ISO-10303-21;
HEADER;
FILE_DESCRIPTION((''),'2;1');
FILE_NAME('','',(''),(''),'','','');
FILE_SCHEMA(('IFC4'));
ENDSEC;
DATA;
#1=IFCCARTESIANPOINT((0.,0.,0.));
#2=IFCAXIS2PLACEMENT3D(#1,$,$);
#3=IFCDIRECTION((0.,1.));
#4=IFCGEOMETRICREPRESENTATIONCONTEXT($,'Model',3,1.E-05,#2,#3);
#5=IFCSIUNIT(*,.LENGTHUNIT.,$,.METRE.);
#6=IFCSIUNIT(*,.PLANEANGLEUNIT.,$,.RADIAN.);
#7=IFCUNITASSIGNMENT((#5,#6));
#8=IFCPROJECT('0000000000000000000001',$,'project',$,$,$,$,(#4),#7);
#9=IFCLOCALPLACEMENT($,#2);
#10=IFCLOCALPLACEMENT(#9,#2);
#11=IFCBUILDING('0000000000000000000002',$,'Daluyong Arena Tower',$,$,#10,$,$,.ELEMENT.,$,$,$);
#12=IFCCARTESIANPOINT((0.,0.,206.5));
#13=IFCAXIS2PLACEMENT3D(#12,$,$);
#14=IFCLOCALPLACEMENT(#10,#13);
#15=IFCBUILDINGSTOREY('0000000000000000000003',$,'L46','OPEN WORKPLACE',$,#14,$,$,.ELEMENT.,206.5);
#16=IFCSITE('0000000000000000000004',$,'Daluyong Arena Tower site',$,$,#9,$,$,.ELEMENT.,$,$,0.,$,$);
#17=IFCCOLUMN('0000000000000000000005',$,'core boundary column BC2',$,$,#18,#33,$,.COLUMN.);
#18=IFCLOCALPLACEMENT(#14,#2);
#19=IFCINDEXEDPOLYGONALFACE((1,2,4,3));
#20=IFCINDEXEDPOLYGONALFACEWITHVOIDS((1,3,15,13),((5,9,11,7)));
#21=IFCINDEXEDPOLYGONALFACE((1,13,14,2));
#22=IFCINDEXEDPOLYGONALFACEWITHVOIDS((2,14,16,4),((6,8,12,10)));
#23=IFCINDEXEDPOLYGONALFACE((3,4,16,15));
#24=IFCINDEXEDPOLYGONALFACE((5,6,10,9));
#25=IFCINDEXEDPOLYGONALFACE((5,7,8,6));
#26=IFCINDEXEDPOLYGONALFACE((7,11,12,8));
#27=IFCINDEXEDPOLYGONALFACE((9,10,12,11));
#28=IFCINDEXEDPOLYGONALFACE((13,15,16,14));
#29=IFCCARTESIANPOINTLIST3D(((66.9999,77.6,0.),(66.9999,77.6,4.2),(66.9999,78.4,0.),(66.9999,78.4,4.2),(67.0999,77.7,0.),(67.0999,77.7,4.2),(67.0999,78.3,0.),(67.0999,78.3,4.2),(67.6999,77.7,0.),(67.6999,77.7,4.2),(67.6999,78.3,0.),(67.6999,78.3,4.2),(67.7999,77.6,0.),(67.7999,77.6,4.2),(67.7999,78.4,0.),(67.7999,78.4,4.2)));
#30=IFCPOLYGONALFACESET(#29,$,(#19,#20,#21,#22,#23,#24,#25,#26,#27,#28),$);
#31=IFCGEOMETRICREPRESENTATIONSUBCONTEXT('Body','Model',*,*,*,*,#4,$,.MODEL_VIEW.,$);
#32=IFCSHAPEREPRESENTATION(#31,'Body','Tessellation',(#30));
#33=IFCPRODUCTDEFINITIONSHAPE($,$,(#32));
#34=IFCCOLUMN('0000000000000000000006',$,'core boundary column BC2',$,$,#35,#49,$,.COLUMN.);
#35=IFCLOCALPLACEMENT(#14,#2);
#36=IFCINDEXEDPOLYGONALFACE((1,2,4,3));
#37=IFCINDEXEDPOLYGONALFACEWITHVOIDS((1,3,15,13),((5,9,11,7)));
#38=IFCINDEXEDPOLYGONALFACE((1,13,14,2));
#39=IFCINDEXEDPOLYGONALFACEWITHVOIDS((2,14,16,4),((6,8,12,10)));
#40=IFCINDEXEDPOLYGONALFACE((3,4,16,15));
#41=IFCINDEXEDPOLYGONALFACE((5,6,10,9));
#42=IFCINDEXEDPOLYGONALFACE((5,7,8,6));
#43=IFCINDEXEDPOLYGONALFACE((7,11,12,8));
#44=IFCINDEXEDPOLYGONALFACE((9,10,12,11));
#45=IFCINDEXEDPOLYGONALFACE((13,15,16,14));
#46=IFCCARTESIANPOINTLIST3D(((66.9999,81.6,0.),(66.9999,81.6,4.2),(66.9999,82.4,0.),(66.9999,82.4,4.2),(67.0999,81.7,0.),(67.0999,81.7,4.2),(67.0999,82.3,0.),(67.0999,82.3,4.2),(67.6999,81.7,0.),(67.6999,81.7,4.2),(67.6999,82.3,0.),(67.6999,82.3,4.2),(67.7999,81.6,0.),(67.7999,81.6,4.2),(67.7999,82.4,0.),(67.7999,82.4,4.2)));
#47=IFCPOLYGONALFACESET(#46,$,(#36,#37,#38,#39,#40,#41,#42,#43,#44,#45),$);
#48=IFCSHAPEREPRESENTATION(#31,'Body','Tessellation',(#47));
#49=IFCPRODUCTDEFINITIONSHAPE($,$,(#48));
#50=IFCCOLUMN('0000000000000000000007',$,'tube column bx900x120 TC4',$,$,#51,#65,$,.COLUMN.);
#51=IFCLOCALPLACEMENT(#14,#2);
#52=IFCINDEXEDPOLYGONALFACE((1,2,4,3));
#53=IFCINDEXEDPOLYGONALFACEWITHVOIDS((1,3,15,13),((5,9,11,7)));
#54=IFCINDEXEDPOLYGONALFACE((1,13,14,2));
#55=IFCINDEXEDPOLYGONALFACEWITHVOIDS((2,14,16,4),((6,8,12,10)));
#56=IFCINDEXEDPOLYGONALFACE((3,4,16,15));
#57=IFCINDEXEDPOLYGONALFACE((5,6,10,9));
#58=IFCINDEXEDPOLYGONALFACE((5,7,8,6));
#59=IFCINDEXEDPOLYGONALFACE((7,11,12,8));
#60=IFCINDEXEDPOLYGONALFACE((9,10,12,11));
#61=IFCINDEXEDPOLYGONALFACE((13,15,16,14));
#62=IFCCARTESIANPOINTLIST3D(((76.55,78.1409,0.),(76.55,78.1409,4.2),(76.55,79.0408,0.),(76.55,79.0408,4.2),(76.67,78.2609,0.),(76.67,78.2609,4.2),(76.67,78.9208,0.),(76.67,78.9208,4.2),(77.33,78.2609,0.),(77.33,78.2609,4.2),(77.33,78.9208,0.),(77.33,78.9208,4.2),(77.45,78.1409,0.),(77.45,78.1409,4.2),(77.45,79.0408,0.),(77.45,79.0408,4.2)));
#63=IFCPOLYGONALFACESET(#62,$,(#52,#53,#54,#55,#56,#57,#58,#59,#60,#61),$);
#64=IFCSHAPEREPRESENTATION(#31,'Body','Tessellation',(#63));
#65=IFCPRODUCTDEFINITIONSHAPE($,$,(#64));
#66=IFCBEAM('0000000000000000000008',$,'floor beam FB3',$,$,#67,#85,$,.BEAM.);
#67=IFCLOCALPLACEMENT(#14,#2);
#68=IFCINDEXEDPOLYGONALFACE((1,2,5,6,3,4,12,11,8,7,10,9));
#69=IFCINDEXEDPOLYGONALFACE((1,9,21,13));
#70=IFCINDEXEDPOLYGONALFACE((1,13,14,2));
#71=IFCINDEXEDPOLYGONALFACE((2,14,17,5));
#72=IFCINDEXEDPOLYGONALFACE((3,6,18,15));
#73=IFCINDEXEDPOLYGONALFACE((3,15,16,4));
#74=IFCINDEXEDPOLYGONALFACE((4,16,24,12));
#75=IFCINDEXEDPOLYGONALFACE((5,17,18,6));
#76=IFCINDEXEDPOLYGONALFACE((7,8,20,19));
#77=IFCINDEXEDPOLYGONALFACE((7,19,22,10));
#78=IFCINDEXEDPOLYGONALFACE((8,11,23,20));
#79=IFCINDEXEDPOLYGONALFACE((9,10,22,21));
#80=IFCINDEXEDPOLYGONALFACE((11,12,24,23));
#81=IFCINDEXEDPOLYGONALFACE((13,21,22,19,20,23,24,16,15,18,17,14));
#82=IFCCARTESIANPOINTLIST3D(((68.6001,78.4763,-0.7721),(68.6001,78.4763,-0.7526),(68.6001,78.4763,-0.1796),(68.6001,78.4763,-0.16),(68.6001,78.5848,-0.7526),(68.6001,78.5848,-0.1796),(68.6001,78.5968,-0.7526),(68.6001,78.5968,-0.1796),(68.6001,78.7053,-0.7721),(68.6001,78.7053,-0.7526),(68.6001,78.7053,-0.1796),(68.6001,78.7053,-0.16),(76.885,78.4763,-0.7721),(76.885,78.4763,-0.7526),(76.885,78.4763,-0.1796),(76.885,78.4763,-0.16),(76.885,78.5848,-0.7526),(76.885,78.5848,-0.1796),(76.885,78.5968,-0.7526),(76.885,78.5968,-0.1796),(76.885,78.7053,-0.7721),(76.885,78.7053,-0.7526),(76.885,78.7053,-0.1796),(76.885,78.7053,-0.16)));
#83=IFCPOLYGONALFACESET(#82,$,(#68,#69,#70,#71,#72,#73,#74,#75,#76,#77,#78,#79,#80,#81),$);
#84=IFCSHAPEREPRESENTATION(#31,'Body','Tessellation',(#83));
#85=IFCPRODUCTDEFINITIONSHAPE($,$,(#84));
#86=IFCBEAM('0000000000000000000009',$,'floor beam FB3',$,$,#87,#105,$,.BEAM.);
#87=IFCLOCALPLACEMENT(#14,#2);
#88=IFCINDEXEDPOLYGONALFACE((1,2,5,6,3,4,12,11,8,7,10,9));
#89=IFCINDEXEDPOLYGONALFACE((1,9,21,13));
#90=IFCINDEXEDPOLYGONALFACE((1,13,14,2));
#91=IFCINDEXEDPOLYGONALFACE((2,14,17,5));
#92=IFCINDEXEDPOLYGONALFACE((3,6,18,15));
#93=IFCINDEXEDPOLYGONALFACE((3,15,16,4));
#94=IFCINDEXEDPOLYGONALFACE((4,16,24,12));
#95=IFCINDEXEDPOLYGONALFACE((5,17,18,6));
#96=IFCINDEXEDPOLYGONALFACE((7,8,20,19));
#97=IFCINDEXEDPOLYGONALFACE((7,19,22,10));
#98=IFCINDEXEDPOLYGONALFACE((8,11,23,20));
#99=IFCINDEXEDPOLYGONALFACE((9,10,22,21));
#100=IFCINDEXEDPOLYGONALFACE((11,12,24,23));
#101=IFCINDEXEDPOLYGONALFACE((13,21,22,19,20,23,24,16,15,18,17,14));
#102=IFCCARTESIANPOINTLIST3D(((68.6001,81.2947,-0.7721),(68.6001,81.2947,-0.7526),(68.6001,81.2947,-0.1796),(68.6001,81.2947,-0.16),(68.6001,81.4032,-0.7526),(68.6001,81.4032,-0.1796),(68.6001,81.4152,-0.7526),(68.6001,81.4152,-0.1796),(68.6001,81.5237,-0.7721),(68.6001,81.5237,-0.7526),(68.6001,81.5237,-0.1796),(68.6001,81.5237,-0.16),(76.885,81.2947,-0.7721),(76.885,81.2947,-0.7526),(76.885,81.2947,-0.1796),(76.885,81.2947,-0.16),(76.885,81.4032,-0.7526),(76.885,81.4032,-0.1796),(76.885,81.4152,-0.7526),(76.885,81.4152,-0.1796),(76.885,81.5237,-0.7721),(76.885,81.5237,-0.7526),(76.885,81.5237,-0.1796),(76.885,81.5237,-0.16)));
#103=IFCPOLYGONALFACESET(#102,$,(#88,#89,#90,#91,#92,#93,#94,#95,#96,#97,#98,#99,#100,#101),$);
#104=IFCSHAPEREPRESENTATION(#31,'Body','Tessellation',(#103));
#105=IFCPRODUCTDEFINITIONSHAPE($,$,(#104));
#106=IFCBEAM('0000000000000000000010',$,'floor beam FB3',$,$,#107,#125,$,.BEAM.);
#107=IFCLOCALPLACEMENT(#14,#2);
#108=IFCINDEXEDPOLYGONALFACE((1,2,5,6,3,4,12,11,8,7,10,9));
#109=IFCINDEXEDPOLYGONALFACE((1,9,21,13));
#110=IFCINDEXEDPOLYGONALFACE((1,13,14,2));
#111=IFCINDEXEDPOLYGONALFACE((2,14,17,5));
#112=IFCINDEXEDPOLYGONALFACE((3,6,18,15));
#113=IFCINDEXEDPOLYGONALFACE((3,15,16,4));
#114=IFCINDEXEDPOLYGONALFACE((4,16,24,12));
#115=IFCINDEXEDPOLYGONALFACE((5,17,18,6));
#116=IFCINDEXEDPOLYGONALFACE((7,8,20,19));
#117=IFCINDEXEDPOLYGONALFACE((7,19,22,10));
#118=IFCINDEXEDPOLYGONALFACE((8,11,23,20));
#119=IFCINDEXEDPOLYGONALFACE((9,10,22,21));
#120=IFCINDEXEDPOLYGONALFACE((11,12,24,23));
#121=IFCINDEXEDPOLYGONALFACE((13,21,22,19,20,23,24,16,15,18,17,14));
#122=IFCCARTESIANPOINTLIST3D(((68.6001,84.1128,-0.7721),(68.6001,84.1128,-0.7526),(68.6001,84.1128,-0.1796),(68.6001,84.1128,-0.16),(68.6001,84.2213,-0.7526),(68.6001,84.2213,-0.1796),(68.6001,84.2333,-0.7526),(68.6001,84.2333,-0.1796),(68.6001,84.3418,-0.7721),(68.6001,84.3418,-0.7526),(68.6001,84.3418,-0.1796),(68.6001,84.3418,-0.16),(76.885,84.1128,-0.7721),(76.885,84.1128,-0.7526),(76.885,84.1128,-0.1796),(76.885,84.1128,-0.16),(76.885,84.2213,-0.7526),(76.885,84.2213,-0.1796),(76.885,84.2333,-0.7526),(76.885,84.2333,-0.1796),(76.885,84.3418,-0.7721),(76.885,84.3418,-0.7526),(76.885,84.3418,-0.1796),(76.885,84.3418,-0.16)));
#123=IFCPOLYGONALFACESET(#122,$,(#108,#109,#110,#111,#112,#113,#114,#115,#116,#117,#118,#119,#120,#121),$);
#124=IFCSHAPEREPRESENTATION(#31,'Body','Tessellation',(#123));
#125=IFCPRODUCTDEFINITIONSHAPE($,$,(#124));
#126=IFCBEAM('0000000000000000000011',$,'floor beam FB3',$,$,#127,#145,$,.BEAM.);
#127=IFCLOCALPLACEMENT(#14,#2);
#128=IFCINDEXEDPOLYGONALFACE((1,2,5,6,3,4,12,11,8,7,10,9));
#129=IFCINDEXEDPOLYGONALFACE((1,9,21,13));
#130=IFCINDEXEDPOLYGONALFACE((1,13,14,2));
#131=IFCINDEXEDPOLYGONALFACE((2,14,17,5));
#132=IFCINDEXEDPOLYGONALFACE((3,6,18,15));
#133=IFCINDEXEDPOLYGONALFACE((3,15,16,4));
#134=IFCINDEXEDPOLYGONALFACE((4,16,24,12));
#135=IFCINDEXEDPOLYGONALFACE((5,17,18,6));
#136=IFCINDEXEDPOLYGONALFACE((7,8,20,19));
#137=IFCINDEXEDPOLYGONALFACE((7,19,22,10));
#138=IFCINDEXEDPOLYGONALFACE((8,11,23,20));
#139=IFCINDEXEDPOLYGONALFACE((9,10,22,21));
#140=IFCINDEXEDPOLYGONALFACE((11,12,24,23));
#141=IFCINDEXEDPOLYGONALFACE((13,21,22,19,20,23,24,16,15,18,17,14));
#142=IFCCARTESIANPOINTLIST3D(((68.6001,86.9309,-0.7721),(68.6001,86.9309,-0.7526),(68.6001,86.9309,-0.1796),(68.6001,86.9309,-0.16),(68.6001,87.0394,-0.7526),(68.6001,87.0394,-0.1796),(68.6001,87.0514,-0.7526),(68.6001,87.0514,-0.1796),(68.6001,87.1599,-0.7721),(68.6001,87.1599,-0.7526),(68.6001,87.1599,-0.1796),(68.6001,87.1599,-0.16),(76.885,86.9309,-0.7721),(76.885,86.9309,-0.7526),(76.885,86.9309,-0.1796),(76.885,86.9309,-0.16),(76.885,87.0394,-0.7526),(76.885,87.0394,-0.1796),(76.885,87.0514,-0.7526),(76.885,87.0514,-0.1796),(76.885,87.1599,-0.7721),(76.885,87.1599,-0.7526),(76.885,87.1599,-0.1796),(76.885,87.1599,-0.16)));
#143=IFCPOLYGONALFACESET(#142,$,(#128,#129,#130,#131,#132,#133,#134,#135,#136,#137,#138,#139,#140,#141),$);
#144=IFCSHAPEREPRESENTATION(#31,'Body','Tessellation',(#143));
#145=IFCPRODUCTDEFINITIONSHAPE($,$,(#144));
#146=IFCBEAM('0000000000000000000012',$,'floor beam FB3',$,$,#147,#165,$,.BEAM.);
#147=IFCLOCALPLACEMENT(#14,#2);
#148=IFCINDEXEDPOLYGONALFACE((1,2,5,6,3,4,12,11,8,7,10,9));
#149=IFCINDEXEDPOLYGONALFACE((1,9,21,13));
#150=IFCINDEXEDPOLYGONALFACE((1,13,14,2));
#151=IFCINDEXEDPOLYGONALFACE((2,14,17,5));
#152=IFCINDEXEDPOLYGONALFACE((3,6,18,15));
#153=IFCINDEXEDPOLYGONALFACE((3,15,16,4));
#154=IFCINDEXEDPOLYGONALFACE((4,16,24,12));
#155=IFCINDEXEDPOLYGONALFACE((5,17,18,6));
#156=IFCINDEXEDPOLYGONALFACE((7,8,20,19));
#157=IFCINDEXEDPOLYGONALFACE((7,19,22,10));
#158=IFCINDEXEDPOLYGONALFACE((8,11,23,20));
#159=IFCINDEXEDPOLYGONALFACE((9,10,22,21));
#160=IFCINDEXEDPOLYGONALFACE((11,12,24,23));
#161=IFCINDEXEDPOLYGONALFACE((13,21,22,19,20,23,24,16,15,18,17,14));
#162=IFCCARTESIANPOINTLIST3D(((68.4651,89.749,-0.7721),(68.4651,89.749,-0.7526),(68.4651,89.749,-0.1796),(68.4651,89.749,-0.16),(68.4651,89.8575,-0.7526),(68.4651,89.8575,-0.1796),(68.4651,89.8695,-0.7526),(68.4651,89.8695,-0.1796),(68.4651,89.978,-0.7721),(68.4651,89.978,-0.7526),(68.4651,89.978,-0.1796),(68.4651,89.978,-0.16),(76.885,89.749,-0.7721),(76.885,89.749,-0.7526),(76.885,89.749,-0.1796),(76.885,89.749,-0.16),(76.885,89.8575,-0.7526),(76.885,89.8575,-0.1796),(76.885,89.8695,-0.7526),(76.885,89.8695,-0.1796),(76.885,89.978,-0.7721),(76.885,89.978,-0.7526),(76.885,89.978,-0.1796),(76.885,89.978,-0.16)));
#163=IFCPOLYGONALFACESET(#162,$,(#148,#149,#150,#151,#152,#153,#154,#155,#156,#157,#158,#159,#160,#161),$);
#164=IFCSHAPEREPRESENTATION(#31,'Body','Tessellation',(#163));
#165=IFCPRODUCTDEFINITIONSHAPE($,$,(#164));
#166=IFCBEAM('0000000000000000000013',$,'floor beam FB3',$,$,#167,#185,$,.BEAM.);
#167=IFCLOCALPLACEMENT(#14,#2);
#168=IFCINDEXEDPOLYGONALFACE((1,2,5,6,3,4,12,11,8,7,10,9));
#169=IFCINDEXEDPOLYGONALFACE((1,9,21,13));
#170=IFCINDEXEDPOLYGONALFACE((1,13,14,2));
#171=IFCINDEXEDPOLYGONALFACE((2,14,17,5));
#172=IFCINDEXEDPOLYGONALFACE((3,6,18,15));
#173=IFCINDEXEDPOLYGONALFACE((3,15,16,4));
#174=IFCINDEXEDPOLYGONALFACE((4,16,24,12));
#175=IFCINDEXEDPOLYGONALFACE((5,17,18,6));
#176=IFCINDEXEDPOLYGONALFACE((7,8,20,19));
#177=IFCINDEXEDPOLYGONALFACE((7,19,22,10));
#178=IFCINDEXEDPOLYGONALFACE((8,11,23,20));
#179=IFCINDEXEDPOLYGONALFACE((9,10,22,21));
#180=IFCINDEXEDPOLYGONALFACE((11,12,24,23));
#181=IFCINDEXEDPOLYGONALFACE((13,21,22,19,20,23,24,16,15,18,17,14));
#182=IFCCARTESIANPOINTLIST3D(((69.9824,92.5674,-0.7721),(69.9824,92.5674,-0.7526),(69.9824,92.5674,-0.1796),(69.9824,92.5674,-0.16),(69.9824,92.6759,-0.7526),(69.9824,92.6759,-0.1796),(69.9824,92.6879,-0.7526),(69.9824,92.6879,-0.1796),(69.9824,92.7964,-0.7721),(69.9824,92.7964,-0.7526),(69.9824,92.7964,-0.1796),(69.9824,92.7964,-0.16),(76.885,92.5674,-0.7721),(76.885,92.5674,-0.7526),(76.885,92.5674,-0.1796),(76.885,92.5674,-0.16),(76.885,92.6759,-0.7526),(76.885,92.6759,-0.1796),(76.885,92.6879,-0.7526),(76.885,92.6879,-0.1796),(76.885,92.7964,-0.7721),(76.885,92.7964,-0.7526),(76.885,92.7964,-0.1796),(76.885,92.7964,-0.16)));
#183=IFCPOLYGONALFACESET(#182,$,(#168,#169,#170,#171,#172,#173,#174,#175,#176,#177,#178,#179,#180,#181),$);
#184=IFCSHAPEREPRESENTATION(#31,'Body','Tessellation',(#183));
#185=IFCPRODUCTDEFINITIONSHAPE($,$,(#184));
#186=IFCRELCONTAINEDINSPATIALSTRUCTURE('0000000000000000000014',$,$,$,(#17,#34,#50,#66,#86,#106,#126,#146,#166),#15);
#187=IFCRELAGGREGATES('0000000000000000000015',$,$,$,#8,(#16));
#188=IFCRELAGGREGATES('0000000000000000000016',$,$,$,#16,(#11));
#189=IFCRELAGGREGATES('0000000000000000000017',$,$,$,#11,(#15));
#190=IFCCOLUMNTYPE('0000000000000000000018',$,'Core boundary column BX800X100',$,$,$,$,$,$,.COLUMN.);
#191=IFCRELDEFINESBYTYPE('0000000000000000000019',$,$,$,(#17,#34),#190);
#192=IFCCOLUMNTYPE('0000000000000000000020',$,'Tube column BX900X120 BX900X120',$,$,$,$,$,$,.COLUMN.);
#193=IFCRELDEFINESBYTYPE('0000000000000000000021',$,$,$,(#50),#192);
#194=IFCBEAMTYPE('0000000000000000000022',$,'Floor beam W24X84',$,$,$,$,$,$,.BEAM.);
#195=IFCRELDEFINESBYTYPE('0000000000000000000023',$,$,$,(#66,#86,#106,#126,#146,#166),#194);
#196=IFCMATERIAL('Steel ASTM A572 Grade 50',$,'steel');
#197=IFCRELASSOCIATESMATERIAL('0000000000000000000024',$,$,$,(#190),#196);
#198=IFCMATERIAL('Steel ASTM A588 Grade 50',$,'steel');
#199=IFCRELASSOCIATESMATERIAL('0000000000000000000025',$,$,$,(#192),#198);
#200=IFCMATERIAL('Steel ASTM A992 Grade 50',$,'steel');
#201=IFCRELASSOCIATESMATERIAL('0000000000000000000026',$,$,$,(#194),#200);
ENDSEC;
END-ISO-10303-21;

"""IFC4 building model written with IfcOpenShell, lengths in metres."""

from ifc_helpers import new_model, si_unit, direction, frame, origin, origin_2d, place, context, subcontext, project, spatial, hollow_rectangle, i_section, extrude, material, material_profile, profile_set, type_object, element, save


model = new_model("IFC4")

# Units and contexts
model_context = context("Model", 3, precision=1e-05, world=origin(), true_north=direction((0.0, 1.0)))
body_context = subcontext(model_context, "Body", "Model", "MODEL_VIEW")
ifc_project = project(units=[si_unit("LENGTHUNIT", "METRE"), si_unit("PLANEANGLEUNIT", "RADIAN")], contexts=[model_context])

# Site, building, storey
site_placement = place(None, origin())
site = spatial("IfcSite", under=ifc_project, at=site_placement, Name="Daluyong Arena Tower site", CompositionType="ELEMENT", RefElevation=0.0)
building_placement = place(site_placement, origin())
building = spatial("IfcBuilding", under=site, at=building_placement, Name="Daluyong Arena Tower", CompositionType="ELEMENT")
storey_placement = place(building_placement, frame((0.0, 0.0, 206.5)))
storey = spatial("IfcBuildingStorey", under=building, at=storey_placement, Name="L46", Description="OPEN WORKPLACE", CompositionType="ELEMENT", Elevation=206.5)

# Columns
ifc_material_1 = material(Name="Steel ASTM A572 Grade 50", Category="steel")
ifc_material_profile_1 = material_profile(ifc_material_1, hollow_rectangle(XDim=0.8, YDim=0.8, WallThickness=0.1, at=origin_2d()))
ifc_profile_set_1 = profile_set([ifc_material_profile_1], Name="Steel ASTM A572 Grade 50")
column_type_1 = type_object("IfcColumnType", Name="Core boundary column BX800X100", PredefinedType="COLUMN", material=ifc_profile_set_1)
for number, where, z_axis, x_axis, name in (
    (1, (67.3999, 78.0, 0.0), (0.0, 0.0, 1.0), (1.0, 0.0, 0.0), "core boundary column BC2"),
    (2, (67.3999, 82.0, 0.0), (0.0, 0.0, 1.0), (1.0, 0.0, 0.0), "core boundary column BC2"),
):
    element("IfcColumn", number, at=place(storey_placement, frame(where, z_axis=z_axis, x_axis=x_axis)), inside=storey, type_object=column_type_1, Name=name, PredefinedType="COLUMN", context=body_context, shape_type="SweptSolid", body=[
        extrude(hollow_rectangle(XDim=0.8, YDim=0.8, WallThickness=0.1, at=origin_2d()), origin(), (0.0, 0.0, 1.0), 4.2),
    ])
ifc_material_2 = material(Name="Steel ASTM A588 Grade 50", Category="steel")
ifc_material_profile_2 = material_profile(ifc_material_2, hollow_rectangle(XDim=0.8999, YDim=0.8999, WallThickness=0.12, at=origin_2d()))
ifc_profile_set_2 = profile_set([ifc_material_profile_2], Name="Steel ASTM A588 Grade 50")
column_type_2 = type_object("IfcColumnType", Name="Tube column BX900X120 BX900X120", PredefinedType="COLUMN", material=ifc_profile_set_2)
column_placement = place(storey_placement, frame((77.0, 78.5908, 0.0), z_axis=(0.0, 0.0, 1.0), x_axis=(0.0, 1.0, 0.0)))
element("IfcColumn", 3, at=column_placement, inside=storey, type_object=column_type_2, Name="tube column bx900x120 TC4", PredefinedType="COLUMN", context=body_context, shape_type="SweptSolid", body=[
    extrude(hollow_rectangle(XDim=0.8999, YDim=0.8999, WallThickness=0.12, at=origin_2d()), origin(), (0.0, 0.0, 1.0), 4.2),
])

# Beams
ifc_material_3 = material(Name="Steel ASTM A992 Grade 50", Category="steel")
ifc_material_profile_3 = material_profile(ifc_material_3, i_section(OverallWidth=0.229, OverallDepth=0.6121, WebThickness=0.012, FlangeThickness=0.0195, at=origin_2d()))
ifc_profile_set_3 = profile_set([ifc_material_profile_3], Name="Steel ASTM A992 Grade 50")
beam_type = type_object("IfcBeamType", Name="Floor beam W24X84", PredefinedType="BEAM", material=ifc_profile_set_3)
for number, where, z_axis, x_axis, name in (
    (4, (76.885, 78.5908, -0.4661), (-1.0, 0.0, 0.0), (0.0, -1.0, 0.0), "floor beam FB3"),
    (5, (76.885, 81.4092, -0.4661), (-1.0, 0.0, 0.0), (0.0, -1.0, 0.0), "floor beam FB3"),
    (6, (76.885, 84.2273, -0.4661), (-1.0, 0.0, 0.0), (0.0, -1.0, 0.0), "floor beam FB3"),
    (7, (76.885, 87.0454, -0.4661), (-1.0, 0.0, 0.0), (0.0, -1.0, 0.0), "floor beam FB3"),
):
    element("IfcBeam", number, at=place(storey_placement, frame(where, z_axis=z_axis, x_axis=x_axis)), inside=storey, type_object=beam_type, Name=name, PredefinedType="BEAM", context=body_context, shape_type="SweptSolid", body=[
        extrude(i_section(OverallWidth=0.229, OverallDepth=0.6121, WebThickness=0.012, FlangeThickness=0.0195, at=origin_2d()), origin(), (0.0, 0.0, 1.0), 8.2849),
    ])
beam_1_placement = place(storey_placement, frame((76.885, 89.8635, -0.4661), z_axis=(-1.0, 0.0, 0.0), x_axis=(0.0, -1.0, 0.0)))
element("IfcBeam", 8, at=beam_1_placement, inside=storey, type_object=beam_type, Name="floor beam FB3", PredefinedType="BEAM", context=body_context, shape_type="SweptSolid", body=[
    extrude(i_section(OverallWidth=0.229, OverallDepth=0.6121, WebThickness=0.012, FlangeThickness=0.0195, at=origin_2d()), origin(), (0.0, 0.0, 1.0), 8.4199),
])
beam_2_placement = place(storey_placement, frame((76.885, 92.6819, -0.4661), z_axis=(-1.0, 0.0, 0.0), x_axis=(0.0, -1.0, 0.0)))
element("IfcBeam", 9, at=beam_2_placement, inside=storey, type_object=beam_type, Name="floor beam FB3", PredefinedType="BEAM", context=body_context, shape_type="SweptSolid", body=[
    extrude(i_section(OverallWidth=0.229, OverallDepth=0.6121, WebThickness=0.012, FlangeThickness=0.0195, at=origin_2d()), origin(), (0.0, 0.0, 1.0), 6.9026),
])

save(model, "model.ifc")
